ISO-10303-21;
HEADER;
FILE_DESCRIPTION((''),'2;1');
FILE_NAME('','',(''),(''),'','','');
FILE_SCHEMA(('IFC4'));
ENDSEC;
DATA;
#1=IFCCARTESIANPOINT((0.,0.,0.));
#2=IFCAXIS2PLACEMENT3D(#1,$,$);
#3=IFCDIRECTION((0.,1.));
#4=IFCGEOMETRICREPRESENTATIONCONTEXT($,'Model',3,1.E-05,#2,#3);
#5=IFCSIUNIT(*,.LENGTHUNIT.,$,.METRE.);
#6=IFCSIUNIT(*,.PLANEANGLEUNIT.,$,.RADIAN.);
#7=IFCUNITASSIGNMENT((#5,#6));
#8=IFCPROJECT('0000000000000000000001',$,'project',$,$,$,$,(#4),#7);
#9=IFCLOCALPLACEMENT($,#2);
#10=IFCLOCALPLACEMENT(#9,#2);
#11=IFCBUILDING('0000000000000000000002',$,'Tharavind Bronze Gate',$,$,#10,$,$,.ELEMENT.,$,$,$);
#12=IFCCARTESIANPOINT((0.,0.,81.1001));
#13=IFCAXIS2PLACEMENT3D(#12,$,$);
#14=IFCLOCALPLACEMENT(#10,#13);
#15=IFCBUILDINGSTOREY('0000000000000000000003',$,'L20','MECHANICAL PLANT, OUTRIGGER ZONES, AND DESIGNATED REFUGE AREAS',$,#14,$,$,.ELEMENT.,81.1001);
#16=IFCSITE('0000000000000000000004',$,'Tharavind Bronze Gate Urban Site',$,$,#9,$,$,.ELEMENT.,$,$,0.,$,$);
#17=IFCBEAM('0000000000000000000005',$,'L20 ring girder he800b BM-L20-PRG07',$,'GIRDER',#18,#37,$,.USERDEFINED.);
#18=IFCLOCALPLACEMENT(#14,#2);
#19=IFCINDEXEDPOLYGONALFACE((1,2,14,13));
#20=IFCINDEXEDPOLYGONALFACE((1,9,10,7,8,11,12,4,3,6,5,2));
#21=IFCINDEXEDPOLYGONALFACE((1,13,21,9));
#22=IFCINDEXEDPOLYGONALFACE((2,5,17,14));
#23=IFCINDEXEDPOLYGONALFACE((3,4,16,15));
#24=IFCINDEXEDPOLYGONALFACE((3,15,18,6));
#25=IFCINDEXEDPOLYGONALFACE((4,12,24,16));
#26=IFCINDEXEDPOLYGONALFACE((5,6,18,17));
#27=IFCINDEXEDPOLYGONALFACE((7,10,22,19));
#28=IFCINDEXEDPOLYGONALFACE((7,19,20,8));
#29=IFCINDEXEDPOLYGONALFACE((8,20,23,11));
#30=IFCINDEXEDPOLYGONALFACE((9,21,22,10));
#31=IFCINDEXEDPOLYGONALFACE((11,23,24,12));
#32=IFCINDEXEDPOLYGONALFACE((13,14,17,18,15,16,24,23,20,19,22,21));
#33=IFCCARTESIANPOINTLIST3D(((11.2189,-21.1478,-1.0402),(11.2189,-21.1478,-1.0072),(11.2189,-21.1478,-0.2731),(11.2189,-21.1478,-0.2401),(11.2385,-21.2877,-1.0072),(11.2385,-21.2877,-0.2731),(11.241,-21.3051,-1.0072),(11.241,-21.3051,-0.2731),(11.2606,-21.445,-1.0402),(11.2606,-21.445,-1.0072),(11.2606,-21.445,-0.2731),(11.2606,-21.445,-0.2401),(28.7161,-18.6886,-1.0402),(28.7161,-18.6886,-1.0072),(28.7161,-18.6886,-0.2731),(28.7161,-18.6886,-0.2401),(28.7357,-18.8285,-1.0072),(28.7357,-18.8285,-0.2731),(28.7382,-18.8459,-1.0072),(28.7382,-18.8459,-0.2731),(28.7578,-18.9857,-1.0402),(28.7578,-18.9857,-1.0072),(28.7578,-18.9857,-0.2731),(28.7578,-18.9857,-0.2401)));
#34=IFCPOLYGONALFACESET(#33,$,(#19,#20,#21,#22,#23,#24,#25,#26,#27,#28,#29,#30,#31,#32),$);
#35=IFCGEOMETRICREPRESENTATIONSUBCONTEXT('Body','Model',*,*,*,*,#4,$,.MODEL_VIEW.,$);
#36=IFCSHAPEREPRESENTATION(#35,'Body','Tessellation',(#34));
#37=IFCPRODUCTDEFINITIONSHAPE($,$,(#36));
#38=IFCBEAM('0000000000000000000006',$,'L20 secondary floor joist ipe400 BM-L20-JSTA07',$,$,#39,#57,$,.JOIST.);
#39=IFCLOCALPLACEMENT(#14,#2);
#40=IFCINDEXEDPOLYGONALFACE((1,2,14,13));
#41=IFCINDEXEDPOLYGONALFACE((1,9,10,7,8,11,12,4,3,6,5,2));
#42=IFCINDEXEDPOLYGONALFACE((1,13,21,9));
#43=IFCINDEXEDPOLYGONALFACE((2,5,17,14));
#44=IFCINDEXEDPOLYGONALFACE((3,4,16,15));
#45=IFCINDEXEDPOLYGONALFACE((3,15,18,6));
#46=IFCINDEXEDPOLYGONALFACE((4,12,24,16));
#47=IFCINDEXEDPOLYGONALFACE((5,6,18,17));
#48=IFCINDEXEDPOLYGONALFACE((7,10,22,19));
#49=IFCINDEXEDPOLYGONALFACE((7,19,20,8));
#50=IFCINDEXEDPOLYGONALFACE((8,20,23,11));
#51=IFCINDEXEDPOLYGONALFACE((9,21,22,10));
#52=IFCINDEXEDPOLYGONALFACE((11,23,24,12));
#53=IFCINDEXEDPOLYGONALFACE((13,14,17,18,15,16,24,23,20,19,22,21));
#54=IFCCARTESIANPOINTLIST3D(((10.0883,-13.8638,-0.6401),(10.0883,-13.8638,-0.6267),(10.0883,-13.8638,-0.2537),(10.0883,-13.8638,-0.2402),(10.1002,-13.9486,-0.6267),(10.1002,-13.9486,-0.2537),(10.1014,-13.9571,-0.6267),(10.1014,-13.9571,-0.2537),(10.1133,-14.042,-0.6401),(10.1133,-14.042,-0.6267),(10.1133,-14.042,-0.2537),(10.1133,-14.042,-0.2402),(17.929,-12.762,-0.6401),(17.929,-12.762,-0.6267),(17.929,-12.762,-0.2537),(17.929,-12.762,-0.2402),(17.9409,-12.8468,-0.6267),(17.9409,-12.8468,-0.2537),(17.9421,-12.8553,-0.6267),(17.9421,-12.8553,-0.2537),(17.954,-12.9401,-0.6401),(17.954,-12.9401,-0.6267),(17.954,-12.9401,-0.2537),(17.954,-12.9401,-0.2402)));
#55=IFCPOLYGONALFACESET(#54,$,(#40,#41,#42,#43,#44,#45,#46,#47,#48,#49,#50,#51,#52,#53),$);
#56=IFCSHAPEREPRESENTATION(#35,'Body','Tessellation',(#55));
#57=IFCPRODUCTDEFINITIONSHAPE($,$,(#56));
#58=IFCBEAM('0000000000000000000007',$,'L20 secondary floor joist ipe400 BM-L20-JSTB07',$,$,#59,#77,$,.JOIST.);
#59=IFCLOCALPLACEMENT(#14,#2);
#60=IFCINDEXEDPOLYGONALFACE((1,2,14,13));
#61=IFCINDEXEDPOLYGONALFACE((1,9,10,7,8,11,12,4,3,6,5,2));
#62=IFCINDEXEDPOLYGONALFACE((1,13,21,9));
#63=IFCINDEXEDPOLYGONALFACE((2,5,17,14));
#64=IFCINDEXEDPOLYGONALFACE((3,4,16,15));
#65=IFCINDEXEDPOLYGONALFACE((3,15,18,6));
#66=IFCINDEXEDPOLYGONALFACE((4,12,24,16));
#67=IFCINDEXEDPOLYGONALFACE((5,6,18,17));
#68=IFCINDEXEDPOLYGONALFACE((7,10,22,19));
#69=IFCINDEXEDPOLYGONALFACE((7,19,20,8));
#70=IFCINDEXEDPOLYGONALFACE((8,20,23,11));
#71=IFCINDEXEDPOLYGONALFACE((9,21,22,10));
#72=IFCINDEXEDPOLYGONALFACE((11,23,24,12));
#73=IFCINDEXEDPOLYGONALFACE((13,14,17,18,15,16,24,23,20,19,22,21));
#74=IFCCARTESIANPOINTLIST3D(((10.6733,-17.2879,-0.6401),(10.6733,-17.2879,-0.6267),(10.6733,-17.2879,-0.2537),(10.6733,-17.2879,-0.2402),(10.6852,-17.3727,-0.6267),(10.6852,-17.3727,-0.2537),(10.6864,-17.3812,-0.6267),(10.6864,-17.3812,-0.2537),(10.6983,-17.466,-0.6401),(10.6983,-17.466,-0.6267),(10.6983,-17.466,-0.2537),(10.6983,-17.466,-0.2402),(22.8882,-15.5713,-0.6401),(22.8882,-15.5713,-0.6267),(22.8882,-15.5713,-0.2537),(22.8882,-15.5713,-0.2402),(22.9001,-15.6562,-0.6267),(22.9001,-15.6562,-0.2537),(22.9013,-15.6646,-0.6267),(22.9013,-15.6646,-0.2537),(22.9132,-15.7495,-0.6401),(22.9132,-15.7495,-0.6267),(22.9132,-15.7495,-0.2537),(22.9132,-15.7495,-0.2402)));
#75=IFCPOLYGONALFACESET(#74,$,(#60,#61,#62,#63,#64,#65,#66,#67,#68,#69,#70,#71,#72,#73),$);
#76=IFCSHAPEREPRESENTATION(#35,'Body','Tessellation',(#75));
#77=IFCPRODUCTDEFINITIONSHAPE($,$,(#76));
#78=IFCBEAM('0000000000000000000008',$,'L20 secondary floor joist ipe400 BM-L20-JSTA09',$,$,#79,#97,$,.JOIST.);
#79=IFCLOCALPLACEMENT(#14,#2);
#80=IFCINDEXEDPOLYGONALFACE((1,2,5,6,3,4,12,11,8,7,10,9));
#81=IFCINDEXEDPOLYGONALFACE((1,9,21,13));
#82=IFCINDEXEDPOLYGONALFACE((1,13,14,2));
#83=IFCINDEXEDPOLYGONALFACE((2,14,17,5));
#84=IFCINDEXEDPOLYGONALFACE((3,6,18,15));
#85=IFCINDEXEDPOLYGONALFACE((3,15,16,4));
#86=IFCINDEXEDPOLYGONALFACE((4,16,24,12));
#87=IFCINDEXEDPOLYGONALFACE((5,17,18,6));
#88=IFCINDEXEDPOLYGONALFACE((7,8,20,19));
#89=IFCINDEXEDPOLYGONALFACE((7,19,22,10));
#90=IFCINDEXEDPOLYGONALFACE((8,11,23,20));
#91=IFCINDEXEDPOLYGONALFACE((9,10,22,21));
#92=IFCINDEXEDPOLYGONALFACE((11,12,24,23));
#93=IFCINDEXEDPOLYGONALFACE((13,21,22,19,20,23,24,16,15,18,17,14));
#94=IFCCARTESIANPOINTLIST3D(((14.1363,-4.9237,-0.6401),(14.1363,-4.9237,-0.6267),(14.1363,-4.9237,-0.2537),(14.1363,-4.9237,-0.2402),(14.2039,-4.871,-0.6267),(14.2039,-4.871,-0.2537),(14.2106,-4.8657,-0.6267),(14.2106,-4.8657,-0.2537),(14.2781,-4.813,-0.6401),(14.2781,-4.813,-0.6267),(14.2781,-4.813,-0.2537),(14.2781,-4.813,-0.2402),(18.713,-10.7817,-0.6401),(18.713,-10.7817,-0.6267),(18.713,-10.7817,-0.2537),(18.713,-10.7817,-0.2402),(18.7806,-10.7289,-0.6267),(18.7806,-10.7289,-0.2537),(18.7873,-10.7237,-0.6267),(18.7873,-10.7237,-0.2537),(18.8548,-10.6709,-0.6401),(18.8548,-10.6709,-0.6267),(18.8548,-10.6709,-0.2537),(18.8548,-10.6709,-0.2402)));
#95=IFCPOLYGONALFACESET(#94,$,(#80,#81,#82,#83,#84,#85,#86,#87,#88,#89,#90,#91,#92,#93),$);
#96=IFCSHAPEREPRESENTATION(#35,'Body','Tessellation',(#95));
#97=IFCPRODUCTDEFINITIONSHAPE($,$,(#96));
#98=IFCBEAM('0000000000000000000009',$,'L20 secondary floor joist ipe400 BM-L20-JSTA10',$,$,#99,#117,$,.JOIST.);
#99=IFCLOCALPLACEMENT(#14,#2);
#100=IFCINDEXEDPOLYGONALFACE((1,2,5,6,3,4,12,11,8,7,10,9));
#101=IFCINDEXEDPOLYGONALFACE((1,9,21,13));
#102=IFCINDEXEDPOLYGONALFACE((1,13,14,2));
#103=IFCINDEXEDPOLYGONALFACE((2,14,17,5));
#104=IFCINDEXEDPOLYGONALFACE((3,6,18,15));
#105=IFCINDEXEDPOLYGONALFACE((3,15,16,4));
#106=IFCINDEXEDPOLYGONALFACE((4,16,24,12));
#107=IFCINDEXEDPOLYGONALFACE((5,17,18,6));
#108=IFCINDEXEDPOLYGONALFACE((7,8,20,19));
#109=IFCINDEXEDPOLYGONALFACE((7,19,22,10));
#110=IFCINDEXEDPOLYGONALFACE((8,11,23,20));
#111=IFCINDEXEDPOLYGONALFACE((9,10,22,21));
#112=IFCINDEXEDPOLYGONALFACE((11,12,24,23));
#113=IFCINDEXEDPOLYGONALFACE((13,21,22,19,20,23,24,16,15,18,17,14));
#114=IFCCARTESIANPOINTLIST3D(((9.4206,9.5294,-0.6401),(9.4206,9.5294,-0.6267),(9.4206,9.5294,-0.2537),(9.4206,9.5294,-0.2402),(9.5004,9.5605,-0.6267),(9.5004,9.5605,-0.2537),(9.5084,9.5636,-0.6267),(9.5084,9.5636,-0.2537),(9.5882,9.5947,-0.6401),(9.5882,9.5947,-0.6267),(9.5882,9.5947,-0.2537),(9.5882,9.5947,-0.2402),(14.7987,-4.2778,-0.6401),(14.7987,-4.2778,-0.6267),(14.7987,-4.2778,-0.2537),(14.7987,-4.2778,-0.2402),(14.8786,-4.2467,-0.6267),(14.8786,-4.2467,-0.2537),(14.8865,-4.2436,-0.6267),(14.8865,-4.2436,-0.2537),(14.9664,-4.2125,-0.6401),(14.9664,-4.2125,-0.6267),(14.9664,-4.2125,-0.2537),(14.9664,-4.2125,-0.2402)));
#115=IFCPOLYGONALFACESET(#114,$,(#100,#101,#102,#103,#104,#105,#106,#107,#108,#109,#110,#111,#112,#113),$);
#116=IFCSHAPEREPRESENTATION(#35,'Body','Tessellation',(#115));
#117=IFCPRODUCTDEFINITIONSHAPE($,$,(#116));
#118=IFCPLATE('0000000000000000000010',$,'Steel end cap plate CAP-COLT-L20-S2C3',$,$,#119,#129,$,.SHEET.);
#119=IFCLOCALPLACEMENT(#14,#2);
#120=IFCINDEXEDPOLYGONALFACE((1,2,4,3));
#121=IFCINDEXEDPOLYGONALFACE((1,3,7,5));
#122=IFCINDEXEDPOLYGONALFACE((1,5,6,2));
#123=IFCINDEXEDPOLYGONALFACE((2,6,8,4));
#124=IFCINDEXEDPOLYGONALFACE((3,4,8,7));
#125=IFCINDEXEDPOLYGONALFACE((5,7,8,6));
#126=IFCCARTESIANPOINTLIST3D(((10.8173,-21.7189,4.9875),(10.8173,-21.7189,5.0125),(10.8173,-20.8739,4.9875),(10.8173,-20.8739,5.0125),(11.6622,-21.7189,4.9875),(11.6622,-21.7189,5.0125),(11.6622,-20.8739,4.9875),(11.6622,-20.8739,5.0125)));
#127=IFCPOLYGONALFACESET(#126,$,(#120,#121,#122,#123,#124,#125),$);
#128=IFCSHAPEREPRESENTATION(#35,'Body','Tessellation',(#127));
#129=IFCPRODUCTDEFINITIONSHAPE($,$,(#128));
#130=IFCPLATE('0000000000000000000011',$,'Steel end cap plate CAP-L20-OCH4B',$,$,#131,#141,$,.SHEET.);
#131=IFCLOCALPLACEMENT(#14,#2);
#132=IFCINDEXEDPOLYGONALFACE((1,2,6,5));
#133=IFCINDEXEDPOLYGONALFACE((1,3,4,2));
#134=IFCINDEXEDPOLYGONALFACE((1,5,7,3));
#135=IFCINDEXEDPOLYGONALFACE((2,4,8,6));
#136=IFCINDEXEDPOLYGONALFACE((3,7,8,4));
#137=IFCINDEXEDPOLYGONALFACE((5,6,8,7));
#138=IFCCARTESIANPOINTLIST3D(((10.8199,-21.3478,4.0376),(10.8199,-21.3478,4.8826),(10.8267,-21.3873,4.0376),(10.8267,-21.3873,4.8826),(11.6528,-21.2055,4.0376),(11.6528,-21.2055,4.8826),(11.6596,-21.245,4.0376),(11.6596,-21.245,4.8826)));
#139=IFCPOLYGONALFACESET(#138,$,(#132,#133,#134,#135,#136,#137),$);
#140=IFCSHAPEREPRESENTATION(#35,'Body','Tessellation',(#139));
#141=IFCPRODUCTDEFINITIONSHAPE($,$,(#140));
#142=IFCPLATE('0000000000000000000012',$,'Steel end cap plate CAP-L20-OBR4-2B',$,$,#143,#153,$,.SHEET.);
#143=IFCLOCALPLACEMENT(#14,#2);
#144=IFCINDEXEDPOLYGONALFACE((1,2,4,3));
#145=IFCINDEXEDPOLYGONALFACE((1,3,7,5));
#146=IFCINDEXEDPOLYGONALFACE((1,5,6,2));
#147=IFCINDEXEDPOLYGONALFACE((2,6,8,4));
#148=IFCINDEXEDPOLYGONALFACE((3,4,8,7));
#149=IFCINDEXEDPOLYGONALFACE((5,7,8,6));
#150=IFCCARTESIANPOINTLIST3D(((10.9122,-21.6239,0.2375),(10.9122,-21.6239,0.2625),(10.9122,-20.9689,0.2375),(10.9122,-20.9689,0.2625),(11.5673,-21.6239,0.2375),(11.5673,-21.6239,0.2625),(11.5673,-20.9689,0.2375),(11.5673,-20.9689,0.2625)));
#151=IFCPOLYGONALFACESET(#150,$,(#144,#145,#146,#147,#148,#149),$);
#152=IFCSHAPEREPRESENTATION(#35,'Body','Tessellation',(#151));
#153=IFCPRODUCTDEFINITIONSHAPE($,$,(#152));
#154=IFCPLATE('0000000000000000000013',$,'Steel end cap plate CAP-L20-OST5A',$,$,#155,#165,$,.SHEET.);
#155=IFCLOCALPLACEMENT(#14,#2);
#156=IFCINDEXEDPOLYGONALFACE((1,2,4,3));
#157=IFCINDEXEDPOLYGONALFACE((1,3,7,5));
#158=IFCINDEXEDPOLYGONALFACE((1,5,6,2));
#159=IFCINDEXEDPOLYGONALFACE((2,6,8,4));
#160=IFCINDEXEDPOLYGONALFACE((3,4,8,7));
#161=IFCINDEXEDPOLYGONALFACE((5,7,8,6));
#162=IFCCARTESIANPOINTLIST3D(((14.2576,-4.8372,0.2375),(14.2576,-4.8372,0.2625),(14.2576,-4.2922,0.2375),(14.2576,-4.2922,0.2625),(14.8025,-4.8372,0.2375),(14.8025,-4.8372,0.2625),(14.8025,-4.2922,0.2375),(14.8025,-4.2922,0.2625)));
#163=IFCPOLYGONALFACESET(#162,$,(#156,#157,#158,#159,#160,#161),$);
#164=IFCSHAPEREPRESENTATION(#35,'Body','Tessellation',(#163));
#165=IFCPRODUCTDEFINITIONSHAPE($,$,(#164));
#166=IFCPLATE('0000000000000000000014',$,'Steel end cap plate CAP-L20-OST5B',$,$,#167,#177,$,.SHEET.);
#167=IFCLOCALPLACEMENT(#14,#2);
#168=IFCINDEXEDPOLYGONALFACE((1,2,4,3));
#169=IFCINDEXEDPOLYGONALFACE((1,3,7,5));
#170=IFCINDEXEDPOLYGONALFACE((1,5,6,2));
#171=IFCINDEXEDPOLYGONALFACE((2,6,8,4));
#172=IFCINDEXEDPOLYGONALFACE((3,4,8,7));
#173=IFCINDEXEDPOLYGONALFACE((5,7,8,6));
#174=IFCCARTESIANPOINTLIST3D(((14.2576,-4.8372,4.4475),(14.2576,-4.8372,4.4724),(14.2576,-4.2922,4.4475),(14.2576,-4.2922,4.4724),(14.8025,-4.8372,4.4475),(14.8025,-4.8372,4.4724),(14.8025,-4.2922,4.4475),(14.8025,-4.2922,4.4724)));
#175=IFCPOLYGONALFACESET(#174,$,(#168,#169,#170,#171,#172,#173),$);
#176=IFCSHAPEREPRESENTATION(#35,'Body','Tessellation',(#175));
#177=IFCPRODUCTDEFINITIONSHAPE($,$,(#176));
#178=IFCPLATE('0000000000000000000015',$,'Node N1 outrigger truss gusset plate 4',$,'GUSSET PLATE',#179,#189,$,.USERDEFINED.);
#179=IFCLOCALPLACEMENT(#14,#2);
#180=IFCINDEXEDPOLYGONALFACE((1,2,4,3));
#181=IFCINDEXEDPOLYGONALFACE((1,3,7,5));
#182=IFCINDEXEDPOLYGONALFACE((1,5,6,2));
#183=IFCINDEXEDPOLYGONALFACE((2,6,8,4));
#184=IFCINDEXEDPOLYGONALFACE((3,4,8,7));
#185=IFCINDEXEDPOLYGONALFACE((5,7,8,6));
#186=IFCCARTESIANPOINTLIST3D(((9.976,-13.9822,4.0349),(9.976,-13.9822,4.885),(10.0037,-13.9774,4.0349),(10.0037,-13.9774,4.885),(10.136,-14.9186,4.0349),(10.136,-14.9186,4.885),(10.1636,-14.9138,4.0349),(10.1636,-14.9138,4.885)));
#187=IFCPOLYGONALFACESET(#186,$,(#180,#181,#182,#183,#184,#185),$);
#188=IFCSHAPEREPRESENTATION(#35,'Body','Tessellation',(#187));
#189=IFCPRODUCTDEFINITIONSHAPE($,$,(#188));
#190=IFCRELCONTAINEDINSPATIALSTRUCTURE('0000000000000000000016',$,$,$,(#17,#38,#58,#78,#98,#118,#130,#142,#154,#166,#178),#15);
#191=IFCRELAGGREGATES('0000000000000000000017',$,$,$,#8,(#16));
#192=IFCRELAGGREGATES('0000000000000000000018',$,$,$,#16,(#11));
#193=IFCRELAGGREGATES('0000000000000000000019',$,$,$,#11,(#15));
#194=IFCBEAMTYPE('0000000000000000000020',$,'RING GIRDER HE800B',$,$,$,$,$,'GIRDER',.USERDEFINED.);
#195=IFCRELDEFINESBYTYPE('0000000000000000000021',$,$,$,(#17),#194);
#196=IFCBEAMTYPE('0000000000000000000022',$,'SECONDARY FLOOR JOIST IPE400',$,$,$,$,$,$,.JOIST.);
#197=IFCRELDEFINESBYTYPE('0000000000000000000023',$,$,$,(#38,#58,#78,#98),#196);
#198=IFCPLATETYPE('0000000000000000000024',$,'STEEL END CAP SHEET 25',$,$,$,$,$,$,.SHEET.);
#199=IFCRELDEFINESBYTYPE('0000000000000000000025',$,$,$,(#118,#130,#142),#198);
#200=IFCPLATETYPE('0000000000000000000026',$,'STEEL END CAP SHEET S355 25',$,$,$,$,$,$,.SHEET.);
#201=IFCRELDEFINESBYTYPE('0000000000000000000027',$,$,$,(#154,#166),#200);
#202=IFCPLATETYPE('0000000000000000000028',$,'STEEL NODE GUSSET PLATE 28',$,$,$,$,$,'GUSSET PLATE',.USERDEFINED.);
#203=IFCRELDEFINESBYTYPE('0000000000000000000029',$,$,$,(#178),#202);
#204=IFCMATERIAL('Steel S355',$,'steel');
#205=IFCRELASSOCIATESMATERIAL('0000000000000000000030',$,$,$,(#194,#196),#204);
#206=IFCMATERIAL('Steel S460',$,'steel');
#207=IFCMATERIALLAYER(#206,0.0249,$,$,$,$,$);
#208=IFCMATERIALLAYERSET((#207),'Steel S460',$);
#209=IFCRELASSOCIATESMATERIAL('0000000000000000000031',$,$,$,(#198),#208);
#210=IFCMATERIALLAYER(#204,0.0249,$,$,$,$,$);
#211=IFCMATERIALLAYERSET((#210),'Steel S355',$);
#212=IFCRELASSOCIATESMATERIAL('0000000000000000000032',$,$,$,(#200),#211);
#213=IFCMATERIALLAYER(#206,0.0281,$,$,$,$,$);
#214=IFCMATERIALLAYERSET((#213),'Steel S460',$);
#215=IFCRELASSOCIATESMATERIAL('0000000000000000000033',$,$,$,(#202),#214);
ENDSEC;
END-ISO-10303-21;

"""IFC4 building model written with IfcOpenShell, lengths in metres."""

from ifc_helpers import new_model, si_unit, direction, frame, origin, origin_2d, place, context, subcontext, project, spatial, rectangle, i_section, extrude, material, layer, layer_set, material_profile, profile_set, type_object, element, save


model = new_model("IFC4")

# Units and contexts
model_context = context("Model", 3, precision=1e-05, world=origin(), true_north=direction((0.0, 1.0)))
body_context = subcontext(model_context, "Body", "Model", "MODEL_VIEW")
ifc_project = project(units=[si_unit("LENGTHUNIT", "METRE"), si_unit("PLANEANGLEUNIT", "RADIAN")], contexts=[model_context])

# Site, building, storey
site_placement = place(None, origin())
site = spatial("IfcSite", under=ifc_project, at=site_placement, Name="Tharavind Bronze Gate Urban Site", CompositionType="ELEMENT", RefElevation=0.0)
building_placement = place(site_placement, origin())
building = spatial("IfcBuilding", under=site, at=building_placement, Name="Tharavind Bronze Gate", CompositionType="ELEMENT")
storey_placement = place(building_placement, frame((0.0, 0.0, 81.1001)))
storey = spatial("IfcBuildingStorey", under=building, at=storey_placement, Name="L20", Description="MECHANICAL PLANT, OUTRIGGER ZONES, AND DESIGNATED REFUGE AREAS", CompositionType="ELEMENT", Elevation=81.1001)

# Shared definitions
ifc_material_1 = material(Name="Steel S460", Category="steel")

# Beams
ifc_material_2 = material(Name="Steel S355", Category="steel")
ifc_material_profile_1 = material_profile(ifc_material_2, i_section(OverallWidth=0.3, OverallDepth=0.8, WebThickness=0.0176, FlangeThickness=0.033, at=origin_2d()), Name="HE800B")
ifc_profile_set_1 = profile_set([ifc_material_profile_1], Name="Steel S355")
beam_type_1 = type_object("IfcBeamType", Name="RING GIRDER HE800B", ElementType="GIRDER", PredefinedType="USERDEFINED", material=ifc_profile_set_1)
beam_1_placement = place(storey_placement, frame((11.2397, -21.2964, -0.6401), z_axis=(0.990267, 0.139181, 0.0), x_axis=(-0.139181, 0.990267, 0.0)))
element("IfcBeam", 1, at=beam_1_placement, inside=storey, type_object=beam_type_1, Name="L20 ring girder he800b BM-L20-PRG07", ObjectType="GIRDER", PredefinedType="USERDEFINED", context=body_context, shape_type="SweptSolid", body=[
    extrude(i_section(OverallWidth=0.3, OverallDepth=0.8, WebThickness=0.0176, FlangeThickness=0.033, at=origin_2d()), origin(), (0.0, 0.0, 1.0), 17.6692),
])
ifc_material_profile_2 = material_profile(ifc_material_2, i_section(OverallWidth=0.1799, OverallDepth=0.3999, WebThickness=0.0085, FlangeThickness=0.0134, at=origin_2d()), Name="IPE400")
ifc_profile_set_2 = profile_set([ifc_material_profile_2], Name="Steel S355")
beam_type_2 = type_object("IfcBeamType", Name="SECONDARY FLOOR JOIST IPE400", PredefinedType="JOIST", material=ifc_profile_set_2)
beam_2_placement = place(storey_placement, frame((10.1008, -13.9529, -0.4402), z_axis=(0.99027, 0.139159, 0.0), x_axis=(-0.139159, 0.99027, 0.0)))
element("IfcBeam", 2, at=beam_2_placement, inside=storey, type_object=beam_type_2, Name="L20 secondary floor joist ipe400 BM-L20-JSTA07", PredefinedType="JOIST", context=body_context, shape_type="SweptSolid", body=[
    extrude(i_section(OverallWidth=0.1799, OverallDepth=0.3999, WebThickness=0.0085, FlangeThickness=0.0134, at=origin_2d()), origin(), (0.0, 0.0, 1.0), 7.9177),
])
beam_3_placement = place(storey_placement, frame((10.6858, -17.377, -0.4402), z_axis=(0.99027, 0.139163, 0.0), x_axis=(-0.139163, 0.99027, 0.0)))
element("IfcBeam", 3, at=beam_3_placement, inside=storey, type_object=beam_type_2, Name="L20 secondary floor joist ipe400 BM-L20-JSTB07", PredefinedType="JOIST", context=body_context, shape_type="SweptSolid", body=[
    extrude(i_section(OverallWidth=0.1799, OverallDepth=0.3999, WebThickness=0.0085, FlangeThickness=0.0134, at=origin_2d()), origin(), (0.0, 0.0, 1.0), 12.335),
])
beam_4_placement = place(storey_placement, frame((18.7839, -10.7263, -0.4402), z_axis=(-0.615658, 0.788013, 0.0), x_axis=(-0.788013, -0.615658, 0.0)))
element("IfcBeam", 4, at=beam_4_placement, inside=storey, type_object=beam_type_2, Name="L20 secondary floor joist ipe400 BM-L20-JSTA09", PredefinedType="JOIST", context=body_context, shape_type="SweptSolid", body=[
    extrude(i_section(OverallWidth=0.1799, OverallDepth=0.3999, WebThickness=0.0085, FlangeThickness=0.0134, at=origin_2d()), origin(), (0.0, 0.0, 1.0), 7.4338),
])
beam_5_placement = place(storey_placement, frame((14.8826, -4.2451, -0.4402), z_axis=(-0.362958, 0.931805, 0.0), x_axis=(-0.931805, -0.362958, 0.0)))
element("IfcBeam", 5, at=beam_5_placement, inside=storey, type_object=beam_type_2, Name="L20 secondary floor joist ipe400 BM-L20-JSTA10", PredefinedType="JOIST", context=body_context, shape_type="SweptSolid", body=[
    extrude(i_section(OverallWidth=0.1799, OverallDepth=0.3999, WebThickness=0.0085, FlangeThickness=0.0134, at=origin_2d()), origin(), (0.0, 0.0, 1.0), 14.8176),
])

# Plates
ifc_layer_1 = layer(ifc_material_1, 0.0249)
ifc_layer_set_1 = layer_set([ifc_layer_1], Name="Steel S460")
plate_type_1 = type_object("IfcPlateType", Name="STEEL END CAP SHEET 25", PredefinedType="SHEET", material=ifc_layer_set_1)
plate_1_placement = place(storey_placement, frame((11.2397, -21.2964, 4.9875), z_axis=(0.0, 0.0, 1.0), x_axis=(1.0, 0.0, 0.0)))
element("IfcPlate", 6, at=plate_1_placement, inside=storey, type_object=plate_type_1, Name="Steel end cap plate CAP-COLT-L20-S2C3", PredefinedType="SHEET", context=body_context, shape_type="SweptSolid", body=[
    extrude(rectangle(XDim=0.845, YDim=0.845, at=origin_2d()), origin(), (0.0, 0.0, 1.0), 0.0249),
])
plate_2_placement = place(storey_placement, frame((11.2397, -21.2964, 4.0376), z_axis=(0.0, 0.0, 1.0), x_axis=(-0.168395, 0.98572, 0.0)))
element("IfcPlate", 7, at=plate_2_placement, inside=storey, type_object=plate_type_1, Name="Steel end cap plate CAP-L20-OCH4B", PredefinedType="SHEET", context=body_context, shape_type="SweptSolid", body=[
    extrude(rectangle(XDim=0.04, YDim=0.845, at=origin_2d()), origin(), (0.0, 0.0, 1.0), 0.845),
])
plate_3_placement = place(storey_placement, frame((11.2397, -21.2964, 0.2375), z_axis=(0.0, 0.0, 1.0), x_axis=(1.0, 0.0, 0.0)))
element("IfcPlate", 8, at=plate_3_placement, inside=storey, type_object=plate_type_1, Name="Steel end cap plate CAP-L20-OBR4-2B", PredefinedType="SHEET", context=body_context, shape_type="SweptSolid", body=[
    extrude(rectangle(XDim=0.655, YDim=0.655, at=origin_2d()), origin(), (0.0, 0.0, 1.0), 0.0249),
])
ifc_layer_2 = layer(ifc_material_2, 0.0249)
ifc_layer_set_2 = layer_set([ifc_layer_2], Name="Steel S355")
plate_type_2 = type_object("IfcPlateType", Name="STEEL END CAP SHEET S355 25", PredefinedType="SHEET", material=ifc_layer_set_2)
for number, where, z_axis, x_axis, name in (
    (9, (14.53, -4.5647, 0.2375), (0.0, 0.0, 1.0), (1.0, 0.0, 0.0), "Steel end cap plate CAP-L20-OST5A"),
    (10, (14.53, -4.5647, 4.4475), (0.0, 0.0, 1.0), (1.0, 0.0, 0.0), "Steel end cap plate CAP-L20-OST5B"),
):
    element("IfcPlate", number, at=place(storey_placement, frame(where, z_axis=z_axis, x_axis=x_axis)), inside=storey, type_object=plate_type_2, Name=name, PredefinedType="SHEET", context=body_context, shape_type="SweptSolid", body=[
        extrude(rectangle(XDim=0.5449, YDim=0.5449, at=origin_2d()), origin(), (0.0, 0.0, 1.0), 0.0249),
    ])
ifc_layer_3 = layer(ifc_material_1, 0.0281)
ifc_layer_set_3 = layer_set([ifc_layer_3], Name="Steel S460")
plate_type_3 = type_object("IfcPlateType", Name="STEEL NODE GUSSET PLATE 28", ElementType="GUSSET PLATE", PredefinedType="USERDEFINED", material=ifc_layer_set_3)
for number, where, z_axis, x_axis, name in (
    (11, (10.0698, -14.448, 4.0349), (0.0, 0.0, 1.0), (-0.168395, 0.98572, 0.0), "Node N1 outrigger truss gusset plate 4"),
):
    element("IfcPlate", number, at=place(storey_placement, frame(where, z_axis=z_axis, x_axis=x_axis)), inside=storey, type_object=plate_type_3, Name=name, ObjectType="GUSSET PLATE", PredefinedType="USERDEFINED", context=body_context, shape_type="SweptSolid", body=[
        extrude(rectangle(XDim=0.95, YDim=0.0281, at=origin_2d()), origin(), (0.0, 0.0, 1.0), 0.8501),
    ])

save(model, "model.ifc")
